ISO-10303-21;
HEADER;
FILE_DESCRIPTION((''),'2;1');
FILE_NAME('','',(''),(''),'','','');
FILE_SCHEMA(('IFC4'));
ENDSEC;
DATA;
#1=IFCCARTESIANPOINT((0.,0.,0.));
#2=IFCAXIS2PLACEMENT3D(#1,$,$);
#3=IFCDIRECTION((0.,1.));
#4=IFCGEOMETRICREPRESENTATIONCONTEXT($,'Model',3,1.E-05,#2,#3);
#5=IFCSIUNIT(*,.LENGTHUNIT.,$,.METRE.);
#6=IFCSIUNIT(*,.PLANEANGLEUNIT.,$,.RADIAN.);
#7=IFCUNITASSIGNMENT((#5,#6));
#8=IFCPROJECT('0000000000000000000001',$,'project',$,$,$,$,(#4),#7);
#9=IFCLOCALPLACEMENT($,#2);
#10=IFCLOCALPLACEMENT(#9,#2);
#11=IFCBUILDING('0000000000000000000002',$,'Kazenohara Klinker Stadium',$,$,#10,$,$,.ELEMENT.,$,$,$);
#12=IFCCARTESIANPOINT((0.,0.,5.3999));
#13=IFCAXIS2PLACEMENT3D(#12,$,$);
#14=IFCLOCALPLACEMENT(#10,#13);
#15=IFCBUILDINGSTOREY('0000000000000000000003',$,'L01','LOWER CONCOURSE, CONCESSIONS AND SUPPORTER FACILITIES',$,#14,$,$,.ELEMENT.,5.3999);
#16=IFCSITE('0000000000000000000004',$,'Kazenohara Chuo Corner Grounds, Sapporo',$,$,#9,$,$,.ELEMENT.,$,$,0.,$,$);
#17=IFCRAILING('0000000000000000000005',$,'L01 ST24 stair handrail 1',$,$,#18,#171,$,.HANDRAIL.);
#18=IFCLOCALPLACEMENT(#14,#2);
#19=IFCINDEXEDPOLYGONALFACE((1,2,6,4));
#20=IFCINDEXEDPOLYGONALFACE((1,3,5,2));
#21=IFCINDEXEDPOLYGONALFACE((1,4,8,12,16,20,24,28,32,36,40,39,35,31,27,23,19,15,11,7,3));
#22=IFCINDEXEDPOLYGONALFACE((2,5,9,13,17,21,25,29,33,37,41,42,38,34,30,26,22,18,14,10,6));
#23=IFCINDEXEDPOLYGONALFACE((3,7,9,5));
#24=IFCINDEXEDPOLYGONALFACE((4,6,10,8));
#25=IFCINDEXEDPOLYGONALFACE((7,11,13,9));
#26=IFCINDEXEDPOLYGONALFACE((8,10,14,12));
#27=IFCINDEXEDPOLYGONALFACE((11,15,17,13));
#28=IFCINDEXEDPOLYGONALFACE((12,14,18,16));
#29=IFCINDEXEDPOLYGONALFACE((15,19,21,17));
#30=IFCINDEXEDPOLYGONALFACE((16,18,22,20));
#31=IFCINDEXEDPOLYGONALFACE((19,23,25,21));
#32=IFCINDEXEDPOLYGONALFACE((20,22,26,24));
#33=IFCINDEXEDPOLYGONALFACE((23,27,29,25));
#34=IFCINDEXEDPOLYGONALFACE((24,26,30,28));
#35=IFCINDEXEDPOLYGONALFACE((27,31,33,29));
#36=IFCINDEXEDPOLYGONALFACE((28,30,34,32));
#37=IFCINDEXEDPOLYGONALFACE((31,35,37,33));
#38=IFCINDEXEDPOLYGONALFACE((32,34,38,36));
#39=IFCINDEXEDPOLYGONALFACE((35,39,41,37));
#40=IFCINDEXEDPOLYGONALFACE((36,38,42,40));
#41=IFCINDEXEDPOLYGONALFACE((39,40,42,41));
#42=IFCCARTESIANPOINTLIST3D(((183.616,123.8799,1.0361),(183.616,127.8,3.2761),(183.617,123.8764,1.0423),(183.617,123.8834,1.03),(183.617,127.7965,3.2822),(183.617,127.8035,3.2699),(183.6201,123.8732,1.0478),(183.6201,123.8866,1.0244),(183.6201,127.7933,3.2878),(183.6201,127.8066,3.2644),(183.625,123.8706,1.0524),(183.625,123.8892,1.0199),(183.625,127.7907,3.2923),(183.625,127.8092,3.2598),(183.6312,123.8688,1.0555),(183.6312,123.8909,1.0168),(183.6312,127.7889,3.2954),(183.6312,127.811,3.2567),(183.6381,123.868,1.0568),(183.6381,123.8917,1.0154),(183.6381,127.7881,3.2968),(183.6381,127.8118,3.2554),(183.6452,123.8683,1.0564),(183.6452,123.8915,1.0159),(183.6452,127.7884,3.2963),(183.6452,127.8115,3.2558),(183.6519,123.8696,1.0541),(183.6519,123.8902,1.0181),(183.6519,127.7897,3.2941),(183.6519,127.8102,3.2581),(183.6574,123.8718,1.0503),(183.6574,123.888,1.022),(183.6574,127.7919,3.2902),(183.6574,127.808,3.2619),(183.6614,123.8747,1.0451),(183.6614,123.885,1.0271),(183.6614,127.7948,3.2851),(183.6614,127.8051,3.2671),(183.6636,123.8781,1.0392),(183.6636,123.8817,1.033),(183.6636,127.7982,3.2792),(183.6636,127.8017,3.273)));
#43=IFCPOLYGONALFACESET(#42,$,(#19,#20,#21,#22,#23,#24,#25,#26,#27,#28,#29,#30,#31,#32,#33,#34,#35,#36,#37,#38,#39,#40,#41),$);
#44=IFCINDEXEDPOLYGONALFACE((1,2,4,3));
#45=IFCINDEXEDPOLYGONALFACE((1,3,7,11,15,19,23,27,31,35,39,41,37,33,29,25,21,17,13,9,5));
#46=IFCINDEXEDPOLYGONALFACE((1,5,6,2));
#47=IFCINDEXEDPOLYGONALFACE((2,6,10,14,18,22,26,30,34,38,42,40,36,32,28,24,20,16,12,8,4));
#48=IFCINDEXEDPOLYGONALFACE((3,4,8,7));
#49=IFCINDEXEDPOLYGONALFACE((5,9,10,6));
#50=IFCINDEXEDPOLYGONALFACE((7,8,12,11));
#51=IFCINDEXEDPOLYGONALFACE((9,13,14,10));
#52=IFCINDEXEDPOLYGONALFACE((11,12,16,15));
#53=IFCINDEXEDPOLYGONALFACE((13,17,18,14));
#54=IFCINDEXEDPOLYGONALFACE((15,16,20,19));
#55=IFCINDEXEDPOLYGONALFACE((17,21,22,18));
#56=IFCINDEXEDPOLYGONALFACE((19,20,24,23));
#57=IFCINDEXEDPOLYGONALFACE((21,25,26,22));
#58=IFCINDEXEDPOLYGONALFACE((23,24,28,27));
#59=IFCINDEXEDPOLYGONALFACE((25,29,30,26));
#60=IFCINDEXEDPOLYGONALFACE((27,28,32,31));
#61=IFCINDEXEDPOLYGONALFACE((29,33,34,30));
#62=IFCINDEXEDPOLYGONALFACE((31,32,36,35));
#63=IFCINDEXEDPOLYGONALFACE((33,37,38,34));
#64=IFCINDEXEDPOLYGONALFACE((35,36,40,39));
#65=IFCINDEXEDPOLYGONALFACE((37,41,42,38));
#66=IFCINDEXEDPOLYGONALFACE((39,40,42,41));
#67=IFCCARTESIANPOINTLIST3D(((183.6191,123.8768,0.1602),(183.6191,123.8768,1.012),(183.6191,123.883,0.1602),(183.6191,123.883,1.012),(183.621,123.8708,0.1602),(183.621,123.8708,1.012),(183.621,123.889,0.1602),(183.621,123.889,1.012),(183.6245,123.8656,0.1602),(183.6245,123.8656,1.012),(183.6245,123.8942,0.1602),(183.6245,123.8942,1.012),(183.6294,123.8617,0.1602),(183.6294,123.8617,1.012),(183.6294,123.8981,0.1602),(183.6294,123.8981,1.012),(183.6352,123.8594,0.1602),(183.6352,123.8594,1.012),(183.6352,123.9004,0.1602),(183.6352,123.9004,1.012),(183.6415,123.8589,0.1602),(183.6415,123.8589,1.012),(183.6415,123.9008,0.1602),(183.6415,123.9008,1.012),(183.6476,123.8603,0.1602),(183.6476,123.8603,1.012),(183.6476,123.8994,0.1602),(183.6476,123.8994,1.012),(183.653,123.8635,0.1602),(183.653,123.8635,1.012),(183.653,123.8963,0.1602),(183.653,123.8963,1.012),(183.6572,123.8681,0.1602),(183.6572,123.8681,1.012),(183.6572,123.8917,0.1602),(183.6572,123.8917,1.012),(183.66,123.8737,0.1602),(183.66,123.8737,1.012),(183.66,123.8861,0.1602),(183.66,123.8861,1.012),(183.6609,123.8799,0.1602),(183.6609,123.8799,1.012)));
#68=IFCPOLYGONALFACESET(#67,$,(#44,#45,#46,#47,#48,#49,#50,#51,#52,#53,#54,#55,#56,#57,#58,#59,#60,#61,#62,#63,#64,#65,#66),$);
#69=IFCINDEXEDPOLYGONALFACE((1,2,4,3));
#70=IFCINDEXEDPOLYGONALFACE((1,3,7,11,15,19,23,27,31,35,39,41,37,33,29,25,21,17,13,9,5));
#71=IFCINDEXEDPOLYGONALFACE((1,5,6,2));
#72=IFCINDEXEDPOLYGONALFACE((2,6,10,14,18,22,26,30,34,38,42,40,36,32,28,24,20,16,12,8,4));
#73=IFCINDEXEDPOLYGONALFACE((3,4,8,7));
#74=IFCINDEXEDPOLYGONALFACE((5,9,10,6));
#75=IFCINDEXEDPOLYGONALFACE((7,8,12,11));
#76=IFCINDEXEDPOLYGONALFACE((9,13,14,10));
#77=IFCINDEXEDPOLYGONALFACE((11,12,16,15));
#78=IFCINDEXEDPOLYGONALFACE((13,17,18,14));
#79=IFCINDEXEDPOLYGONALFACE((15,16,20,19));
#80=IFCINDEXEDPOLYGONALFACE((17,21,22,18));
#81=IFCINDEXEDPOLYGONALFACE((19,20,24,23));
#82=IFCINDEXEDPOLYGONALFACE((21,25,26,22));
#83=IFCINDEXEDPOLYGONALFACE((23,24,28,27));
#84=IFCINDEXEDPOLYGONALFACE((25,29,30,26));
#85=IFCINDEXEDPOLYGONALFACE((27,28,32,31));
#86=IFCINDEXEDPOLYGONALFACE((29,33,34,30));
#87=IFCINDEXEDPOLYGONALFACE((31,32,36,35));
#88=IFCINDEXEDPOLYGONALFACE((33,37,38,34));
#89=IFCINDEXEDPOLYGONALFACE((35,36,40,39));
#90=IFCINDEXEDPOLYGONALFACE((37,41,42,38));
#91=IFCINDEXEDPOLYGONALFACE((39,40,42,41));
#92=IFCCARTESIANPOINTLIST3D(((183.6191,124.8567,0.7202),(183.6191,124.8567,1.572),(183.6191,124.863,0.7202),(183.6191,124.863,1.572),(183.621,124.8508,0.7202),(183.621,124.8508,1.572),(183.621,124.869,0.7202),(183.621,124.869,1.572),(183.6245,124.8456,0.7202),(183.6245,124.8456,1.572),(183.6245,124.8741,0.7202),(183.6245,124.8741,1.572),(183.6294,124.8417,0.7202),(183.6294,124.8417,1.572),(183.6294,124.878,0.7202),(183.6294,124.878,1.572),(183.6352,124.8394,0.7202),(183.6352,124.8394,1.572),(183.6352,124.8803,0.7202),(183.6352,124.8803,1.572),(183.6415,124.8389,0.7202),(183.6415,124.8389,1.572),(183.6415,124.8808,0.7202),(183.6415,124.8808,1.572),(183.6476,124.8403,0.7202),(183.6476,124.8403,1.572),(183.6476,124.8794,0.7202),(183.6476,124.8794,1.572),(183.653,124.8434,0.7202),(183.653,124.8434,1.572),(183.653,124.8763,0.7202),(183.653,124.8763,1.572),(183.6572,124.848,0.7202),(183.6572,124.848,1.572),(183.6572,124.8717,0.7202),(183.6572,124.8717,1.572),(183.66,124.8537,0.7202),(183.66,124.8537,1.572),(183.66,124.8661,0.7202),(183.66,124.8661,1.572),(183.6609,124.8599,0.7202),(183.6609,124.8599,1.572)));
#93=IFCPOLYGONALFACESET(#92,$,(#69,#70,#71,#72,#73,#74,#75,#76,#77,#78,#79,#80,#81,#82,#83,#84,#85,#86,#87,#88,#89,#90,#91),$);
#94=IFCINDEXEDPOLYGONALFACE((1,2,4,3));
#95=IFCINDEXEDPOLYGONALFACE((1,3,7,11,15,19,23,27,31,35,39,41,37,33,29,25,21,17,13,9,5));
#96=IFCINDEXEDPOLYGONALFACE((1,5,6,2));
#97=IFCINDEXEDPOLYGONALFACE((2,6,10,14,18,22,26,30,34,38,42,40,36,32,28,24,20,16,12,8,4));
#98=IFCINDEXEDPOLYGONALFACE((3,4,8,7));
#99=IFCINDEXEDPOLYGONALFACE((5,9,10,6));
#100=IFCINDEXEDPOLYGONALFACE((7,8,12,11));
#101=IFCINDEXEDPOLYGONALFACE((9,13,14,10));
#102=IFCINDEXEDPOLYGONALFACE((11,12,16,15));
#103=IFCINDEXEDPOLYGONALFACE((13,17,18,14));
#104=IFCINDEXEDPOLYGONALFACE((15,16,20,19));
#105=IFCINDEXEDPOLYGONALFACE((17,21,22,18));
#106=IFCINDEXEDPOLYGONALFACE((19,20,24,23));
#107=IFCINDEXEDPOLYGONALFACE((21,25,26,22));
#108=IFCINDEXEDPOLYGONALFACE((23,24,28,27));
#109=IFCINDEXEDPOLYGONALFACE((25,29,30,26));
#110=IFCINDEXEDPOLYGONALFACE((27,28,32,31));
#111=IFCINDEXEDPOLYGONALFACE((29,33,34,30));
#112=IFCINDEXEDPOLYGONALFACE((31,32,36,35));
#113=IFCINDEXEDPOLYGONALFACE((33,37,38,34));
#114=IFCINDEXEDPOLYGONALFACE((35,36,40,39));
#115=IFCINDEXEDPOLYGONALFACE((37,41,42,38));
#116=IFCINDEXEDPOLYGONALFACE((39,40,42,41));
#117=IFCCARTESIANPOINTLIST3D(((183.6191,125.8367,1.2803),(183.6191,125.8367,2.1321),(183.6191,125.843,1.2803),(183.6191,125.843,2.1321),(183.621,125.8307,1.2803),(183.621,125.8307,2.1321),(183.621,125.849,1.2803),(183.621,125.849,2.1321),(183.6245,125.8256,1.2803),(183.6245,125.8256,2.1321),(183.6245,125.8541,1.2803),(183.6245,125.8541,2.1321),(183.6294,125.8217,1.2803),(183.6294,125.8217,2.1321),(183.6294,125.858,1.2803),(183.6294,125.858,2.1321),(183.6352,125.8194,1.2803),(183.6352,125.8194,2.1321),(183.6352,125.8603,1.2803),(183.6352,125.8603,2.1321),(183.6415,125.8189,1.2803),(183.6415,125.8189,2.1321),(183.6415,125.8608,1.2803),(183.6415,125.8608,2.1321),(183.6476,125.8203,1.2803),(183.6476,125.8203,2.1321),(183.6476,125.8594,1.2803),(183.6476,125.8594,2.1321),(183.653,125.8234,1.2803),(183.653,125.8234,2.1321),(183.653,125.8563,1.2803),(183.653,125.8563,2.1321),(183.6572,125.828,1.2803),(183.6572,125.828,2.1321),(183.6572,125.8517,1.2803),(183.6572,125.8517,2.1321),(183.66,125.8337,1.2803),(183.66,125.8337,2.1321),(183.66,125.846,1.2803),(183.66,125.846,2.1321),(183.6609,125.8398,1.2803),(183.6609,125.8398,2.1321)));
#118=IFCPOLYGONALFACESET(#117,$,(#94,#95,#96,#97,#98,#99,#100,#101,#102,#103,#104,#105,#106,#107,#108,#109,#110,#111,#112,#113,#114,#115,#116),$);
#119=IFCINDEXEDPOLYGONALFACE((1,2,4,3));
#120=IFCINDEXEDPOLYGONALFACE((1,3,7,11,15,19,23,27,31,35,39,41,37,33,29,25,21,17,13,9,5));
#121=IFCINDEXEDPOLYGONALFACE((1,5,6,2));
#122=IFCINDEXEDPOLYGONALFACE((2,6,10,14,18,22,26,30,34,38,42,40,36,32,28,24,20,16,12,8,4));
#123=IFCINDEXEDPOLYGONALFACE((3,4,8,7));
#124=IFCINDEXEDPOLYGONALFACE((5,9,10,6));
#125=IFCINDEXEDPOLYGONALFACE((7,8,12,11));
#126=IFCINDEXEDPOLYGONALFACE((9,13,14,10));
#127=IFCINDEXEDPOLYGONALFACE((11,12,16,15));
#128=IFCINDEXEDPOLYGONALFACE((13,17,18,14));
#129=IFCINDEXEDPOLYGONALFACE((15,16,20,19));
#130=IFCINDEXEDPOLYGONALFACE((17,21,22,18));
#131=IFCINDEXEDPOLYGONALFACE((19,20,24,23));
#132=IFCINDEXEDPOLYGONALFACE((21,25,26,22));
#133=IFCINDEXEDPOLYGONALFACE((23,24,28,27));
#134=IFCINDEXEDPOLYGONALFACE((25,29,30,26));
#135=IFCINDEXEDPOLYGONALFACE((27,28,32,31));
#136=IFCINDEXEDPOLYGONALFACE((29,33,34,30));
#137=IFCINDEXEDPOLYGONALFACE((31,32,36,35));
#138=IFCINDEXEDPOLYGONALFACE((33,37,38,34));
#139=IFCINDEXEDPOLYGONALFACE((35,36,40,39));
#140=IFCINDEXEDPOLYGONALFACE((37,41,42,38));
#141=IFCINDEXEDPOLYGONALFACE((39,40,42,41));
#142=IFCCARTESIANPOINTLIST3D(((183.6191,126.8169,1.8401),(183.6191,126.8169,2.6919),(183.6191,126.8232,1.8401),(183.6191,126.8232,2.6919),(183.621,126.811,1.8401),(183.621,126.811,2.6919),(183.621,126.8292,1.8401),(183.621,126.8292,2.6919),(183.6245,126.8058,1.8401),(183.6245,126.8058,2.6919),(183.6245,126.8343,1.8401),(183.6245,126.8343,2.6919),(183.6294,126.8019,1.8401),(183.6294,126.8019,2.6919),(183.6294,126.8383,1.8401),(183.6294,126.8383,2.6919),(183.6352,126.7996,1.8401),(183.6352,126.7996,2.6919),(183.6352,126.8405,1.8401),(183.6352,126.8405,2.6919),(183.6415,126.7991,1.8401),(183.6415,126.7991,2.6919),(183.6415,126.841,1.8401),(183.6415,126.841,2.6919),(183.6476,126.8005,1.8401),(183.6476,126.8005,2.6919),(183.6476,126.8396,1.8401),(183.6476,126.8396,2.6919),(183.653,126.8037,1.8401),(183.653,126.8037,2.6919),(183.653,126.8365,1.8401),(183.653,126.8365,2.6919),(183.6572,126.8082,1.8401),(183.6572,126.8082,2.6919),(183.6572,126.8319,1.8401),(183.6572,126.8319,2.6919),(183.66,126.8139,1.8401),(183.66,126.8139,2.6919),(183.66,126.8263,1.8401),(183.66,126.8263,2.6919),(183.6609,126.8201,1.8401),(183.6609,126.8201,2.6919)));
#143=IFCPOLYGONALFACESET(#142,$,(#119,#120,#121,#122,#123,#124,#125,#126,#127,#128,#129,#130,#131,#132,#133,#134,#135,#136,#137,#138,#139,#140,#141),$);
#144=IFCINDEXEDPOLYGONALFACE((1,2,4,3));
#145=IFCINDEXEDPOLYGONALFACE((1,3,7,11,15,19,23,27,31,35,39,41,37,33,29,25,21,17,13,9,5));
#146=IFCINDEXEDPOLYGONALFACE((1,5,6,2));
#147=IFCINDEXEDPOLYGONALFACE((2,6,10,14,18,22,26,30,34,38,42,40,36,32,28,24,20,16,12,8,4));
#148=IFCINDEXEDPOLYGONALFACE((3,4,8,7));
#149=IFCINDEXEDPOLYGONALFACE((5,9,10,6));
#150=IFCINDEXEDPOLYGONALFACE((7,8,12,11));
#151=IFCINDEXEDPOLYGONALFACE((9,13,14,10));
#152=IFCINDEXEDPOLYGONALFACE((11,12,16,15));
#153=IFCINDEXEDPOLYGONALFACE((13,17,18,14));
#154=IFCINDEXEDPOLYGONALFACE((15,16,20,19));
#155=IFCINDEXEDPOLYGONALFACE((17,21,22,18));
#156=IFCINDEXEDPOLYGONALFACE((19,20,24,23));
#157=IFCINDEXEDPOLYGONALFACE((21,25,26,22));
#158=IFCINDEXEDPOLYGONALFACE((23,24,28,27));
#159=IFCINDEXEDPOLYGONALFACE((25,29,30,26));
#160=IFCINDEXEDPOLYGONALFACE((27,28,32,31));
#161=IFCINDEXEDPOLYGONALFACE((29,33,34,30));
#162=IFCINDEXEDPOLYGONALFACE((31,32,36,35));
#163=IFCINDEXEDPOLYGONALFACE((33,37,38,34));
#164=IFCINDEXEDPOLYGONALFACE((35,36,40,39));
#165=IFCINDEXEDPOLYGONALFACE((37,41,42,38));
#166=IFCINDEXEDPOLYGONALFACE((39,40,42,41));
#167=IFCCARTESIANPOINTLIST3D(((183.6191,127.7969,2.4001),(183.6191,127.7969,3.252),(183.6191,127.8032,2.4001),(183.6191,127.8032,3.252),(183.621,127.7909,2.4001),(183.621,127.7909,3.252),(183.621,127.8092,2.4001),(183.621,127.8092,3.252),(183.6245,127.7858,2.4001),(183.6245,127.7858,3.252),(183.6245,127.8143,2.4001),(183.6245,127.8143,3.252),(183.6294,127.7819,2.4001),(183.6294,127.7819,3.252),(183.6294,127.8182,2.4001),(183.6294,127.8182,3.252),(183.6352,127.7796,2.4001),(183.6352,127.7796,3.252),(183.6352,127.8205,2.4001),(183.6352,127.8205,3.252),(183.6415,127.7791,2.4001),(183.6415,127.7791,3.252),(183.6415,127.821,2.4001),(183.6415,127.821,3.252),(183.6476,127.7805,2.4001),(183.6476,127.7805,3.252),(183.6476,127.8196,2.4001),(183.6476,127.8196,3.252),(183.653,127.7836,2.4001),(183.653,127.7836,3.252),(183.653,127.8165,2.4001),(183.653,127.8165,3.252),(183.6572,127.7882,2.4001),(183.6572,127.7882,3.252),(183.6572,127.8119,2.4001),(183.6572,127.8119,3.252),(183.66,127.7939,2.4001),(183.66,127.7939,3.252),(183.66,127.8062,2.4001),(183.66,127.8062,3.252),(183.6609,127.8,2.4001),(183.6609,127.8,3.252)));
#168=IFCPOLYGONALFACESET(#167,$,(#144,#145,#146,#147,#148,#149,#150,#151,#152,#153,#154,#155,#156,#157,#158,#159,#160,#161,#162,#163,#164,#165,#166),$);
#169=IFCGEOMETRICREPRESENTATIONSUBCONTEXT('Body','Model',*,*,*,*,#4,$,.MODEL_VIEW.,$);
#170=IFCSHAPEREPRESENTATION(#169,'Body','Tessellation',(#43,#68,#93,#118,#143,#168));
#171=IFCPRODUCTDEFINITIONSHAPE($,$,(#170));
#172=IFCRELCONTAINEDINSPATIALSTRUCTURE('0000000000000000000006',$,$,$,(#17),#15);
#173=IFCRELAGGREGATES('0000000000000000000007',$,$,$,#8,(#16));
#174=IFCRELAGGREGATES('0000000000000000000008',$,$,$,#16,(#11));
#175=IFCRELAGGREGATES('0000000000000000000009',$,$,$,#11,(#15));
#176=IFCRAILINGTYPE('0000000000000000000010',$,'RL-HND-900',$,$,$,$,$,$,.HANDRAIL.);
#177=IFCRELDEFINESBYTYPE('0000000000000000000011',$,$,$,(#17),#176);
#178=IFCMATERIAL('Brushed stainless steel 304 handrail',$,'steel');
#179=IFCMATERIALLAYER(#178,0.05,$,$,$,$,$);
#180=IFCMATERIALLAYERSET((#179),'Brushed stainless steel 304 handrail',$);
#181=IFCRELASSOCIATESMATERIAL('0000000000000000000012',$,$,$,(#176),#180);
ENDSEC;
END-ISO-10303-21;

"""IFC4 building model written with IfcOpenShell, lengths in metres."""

from ifc_helpers import new_model, si_unit, direction, frame, origin, origin_2d, place, context, subcontext, project, spatial, circle, extrude, material, layer, layer_set, type_object, element, save


model = new_model("IFC4")

# Units and contexts
model_context = context("Model", 3, precision=1e-05, world=origin(), true_north=direction((0.0, 1.0)))
body_context = subcontext(model_context, "Body", "Model", "MODEL_VIEW")
ifc_project = project(units=[si_unit("LENGTHUNIT", "METRE"), si_unit("PLANEANGLEUNIT", "RADIAN")], contexts=[model_context])

# Site, building, storey
site_placement = place(None, origin())
site = spatial("IfcSite", under=ifc_project, at=site_placement, Name="Kazenohara Chuo Corner Grounds, Sapporo", CompositionType="ELEMENT", RefElevation=0.0)
building_placement = place(site_placement, origin())
building = spatial("IfcBuilding", under=site, at=building_placement, Name="Kazenohara Klinker Stadium", CompositionType="ELEMENT")
storey_placement = place(building_placement, frame((0.0, 0.0, 5.3999)))
storey = spatial("IfcBuildingStorey", under=building, at=storey_placement, Name="L01", Description="LOWER CONCOURSE, CONCESSIONS AND SUPPORTER FACILITIES", CompositionType="ELEMENT", Elevation=5.3999)

# Railing
ifc_material_1 = material(Name="Brushed stainless steel 304 handrail", Category="steel")
ifc_layer_1 = layer(ifc_material_1, 0.05)
ifc_layer_set_1 = layer_set([ifc_layer_1], Name="Brushed stainless steel 304 handrail")
railing_type_1 = type_object("IfcRailingType", Name="RL-HND-900", PredefinedType="HANDRAIL", material=ifc_layer_set_1)
railing_1_placement = place(storey_placement, frame((183.6399, 123.8799, 0.1602)))
element("IfcRailing", 1, at=railing_1_placement, inside=storey, type_object=railing_type_1, Name="L01 ST24 stair handrail 1", PredefinedType="HANDRAIL", context=body_context, shape_type="SweptSolid", body=[
    extrude(circle(Radius=0.0239, at=origin_2d()), frame((0.0, 0.0, 0.876), z_axis=(0.0, 0.868253, 0.496121), x_axis=(-1.0, 0.0, 0.0)), (0.0, 0.0, 1.0), 4.5149),
    extrude(circle(Radius=0.021, at=origin_2d()), origin(), (0.0, 0.0, 1.0), 0.8518),
    extrude(circle(Radius=0.021, at=origin_2d()), frame((0.0, 0.98, 0.5601)), (0.0, 0.0, 1.0), 0.8518),
    extrude(circle(Radius=0.021, at=origin_2d()), frame((0.0, 1.96, 1.1201)), (0.0, 0.0, 1.0), 0.8518),
    extrude(circle(Radius=0.021, at=origin_2d()), frame((0.0, 2.9402, 1.6799)), (0.0, 0.0, 1.0), 0.8518),
    extrude(circle(Radius=0.021, at=origin_2d()), frame((0.0, 3.9202, 2.24)), (0.0, 0.0, 1.0), 0.8518),
])

save(model, "model.ifc")
